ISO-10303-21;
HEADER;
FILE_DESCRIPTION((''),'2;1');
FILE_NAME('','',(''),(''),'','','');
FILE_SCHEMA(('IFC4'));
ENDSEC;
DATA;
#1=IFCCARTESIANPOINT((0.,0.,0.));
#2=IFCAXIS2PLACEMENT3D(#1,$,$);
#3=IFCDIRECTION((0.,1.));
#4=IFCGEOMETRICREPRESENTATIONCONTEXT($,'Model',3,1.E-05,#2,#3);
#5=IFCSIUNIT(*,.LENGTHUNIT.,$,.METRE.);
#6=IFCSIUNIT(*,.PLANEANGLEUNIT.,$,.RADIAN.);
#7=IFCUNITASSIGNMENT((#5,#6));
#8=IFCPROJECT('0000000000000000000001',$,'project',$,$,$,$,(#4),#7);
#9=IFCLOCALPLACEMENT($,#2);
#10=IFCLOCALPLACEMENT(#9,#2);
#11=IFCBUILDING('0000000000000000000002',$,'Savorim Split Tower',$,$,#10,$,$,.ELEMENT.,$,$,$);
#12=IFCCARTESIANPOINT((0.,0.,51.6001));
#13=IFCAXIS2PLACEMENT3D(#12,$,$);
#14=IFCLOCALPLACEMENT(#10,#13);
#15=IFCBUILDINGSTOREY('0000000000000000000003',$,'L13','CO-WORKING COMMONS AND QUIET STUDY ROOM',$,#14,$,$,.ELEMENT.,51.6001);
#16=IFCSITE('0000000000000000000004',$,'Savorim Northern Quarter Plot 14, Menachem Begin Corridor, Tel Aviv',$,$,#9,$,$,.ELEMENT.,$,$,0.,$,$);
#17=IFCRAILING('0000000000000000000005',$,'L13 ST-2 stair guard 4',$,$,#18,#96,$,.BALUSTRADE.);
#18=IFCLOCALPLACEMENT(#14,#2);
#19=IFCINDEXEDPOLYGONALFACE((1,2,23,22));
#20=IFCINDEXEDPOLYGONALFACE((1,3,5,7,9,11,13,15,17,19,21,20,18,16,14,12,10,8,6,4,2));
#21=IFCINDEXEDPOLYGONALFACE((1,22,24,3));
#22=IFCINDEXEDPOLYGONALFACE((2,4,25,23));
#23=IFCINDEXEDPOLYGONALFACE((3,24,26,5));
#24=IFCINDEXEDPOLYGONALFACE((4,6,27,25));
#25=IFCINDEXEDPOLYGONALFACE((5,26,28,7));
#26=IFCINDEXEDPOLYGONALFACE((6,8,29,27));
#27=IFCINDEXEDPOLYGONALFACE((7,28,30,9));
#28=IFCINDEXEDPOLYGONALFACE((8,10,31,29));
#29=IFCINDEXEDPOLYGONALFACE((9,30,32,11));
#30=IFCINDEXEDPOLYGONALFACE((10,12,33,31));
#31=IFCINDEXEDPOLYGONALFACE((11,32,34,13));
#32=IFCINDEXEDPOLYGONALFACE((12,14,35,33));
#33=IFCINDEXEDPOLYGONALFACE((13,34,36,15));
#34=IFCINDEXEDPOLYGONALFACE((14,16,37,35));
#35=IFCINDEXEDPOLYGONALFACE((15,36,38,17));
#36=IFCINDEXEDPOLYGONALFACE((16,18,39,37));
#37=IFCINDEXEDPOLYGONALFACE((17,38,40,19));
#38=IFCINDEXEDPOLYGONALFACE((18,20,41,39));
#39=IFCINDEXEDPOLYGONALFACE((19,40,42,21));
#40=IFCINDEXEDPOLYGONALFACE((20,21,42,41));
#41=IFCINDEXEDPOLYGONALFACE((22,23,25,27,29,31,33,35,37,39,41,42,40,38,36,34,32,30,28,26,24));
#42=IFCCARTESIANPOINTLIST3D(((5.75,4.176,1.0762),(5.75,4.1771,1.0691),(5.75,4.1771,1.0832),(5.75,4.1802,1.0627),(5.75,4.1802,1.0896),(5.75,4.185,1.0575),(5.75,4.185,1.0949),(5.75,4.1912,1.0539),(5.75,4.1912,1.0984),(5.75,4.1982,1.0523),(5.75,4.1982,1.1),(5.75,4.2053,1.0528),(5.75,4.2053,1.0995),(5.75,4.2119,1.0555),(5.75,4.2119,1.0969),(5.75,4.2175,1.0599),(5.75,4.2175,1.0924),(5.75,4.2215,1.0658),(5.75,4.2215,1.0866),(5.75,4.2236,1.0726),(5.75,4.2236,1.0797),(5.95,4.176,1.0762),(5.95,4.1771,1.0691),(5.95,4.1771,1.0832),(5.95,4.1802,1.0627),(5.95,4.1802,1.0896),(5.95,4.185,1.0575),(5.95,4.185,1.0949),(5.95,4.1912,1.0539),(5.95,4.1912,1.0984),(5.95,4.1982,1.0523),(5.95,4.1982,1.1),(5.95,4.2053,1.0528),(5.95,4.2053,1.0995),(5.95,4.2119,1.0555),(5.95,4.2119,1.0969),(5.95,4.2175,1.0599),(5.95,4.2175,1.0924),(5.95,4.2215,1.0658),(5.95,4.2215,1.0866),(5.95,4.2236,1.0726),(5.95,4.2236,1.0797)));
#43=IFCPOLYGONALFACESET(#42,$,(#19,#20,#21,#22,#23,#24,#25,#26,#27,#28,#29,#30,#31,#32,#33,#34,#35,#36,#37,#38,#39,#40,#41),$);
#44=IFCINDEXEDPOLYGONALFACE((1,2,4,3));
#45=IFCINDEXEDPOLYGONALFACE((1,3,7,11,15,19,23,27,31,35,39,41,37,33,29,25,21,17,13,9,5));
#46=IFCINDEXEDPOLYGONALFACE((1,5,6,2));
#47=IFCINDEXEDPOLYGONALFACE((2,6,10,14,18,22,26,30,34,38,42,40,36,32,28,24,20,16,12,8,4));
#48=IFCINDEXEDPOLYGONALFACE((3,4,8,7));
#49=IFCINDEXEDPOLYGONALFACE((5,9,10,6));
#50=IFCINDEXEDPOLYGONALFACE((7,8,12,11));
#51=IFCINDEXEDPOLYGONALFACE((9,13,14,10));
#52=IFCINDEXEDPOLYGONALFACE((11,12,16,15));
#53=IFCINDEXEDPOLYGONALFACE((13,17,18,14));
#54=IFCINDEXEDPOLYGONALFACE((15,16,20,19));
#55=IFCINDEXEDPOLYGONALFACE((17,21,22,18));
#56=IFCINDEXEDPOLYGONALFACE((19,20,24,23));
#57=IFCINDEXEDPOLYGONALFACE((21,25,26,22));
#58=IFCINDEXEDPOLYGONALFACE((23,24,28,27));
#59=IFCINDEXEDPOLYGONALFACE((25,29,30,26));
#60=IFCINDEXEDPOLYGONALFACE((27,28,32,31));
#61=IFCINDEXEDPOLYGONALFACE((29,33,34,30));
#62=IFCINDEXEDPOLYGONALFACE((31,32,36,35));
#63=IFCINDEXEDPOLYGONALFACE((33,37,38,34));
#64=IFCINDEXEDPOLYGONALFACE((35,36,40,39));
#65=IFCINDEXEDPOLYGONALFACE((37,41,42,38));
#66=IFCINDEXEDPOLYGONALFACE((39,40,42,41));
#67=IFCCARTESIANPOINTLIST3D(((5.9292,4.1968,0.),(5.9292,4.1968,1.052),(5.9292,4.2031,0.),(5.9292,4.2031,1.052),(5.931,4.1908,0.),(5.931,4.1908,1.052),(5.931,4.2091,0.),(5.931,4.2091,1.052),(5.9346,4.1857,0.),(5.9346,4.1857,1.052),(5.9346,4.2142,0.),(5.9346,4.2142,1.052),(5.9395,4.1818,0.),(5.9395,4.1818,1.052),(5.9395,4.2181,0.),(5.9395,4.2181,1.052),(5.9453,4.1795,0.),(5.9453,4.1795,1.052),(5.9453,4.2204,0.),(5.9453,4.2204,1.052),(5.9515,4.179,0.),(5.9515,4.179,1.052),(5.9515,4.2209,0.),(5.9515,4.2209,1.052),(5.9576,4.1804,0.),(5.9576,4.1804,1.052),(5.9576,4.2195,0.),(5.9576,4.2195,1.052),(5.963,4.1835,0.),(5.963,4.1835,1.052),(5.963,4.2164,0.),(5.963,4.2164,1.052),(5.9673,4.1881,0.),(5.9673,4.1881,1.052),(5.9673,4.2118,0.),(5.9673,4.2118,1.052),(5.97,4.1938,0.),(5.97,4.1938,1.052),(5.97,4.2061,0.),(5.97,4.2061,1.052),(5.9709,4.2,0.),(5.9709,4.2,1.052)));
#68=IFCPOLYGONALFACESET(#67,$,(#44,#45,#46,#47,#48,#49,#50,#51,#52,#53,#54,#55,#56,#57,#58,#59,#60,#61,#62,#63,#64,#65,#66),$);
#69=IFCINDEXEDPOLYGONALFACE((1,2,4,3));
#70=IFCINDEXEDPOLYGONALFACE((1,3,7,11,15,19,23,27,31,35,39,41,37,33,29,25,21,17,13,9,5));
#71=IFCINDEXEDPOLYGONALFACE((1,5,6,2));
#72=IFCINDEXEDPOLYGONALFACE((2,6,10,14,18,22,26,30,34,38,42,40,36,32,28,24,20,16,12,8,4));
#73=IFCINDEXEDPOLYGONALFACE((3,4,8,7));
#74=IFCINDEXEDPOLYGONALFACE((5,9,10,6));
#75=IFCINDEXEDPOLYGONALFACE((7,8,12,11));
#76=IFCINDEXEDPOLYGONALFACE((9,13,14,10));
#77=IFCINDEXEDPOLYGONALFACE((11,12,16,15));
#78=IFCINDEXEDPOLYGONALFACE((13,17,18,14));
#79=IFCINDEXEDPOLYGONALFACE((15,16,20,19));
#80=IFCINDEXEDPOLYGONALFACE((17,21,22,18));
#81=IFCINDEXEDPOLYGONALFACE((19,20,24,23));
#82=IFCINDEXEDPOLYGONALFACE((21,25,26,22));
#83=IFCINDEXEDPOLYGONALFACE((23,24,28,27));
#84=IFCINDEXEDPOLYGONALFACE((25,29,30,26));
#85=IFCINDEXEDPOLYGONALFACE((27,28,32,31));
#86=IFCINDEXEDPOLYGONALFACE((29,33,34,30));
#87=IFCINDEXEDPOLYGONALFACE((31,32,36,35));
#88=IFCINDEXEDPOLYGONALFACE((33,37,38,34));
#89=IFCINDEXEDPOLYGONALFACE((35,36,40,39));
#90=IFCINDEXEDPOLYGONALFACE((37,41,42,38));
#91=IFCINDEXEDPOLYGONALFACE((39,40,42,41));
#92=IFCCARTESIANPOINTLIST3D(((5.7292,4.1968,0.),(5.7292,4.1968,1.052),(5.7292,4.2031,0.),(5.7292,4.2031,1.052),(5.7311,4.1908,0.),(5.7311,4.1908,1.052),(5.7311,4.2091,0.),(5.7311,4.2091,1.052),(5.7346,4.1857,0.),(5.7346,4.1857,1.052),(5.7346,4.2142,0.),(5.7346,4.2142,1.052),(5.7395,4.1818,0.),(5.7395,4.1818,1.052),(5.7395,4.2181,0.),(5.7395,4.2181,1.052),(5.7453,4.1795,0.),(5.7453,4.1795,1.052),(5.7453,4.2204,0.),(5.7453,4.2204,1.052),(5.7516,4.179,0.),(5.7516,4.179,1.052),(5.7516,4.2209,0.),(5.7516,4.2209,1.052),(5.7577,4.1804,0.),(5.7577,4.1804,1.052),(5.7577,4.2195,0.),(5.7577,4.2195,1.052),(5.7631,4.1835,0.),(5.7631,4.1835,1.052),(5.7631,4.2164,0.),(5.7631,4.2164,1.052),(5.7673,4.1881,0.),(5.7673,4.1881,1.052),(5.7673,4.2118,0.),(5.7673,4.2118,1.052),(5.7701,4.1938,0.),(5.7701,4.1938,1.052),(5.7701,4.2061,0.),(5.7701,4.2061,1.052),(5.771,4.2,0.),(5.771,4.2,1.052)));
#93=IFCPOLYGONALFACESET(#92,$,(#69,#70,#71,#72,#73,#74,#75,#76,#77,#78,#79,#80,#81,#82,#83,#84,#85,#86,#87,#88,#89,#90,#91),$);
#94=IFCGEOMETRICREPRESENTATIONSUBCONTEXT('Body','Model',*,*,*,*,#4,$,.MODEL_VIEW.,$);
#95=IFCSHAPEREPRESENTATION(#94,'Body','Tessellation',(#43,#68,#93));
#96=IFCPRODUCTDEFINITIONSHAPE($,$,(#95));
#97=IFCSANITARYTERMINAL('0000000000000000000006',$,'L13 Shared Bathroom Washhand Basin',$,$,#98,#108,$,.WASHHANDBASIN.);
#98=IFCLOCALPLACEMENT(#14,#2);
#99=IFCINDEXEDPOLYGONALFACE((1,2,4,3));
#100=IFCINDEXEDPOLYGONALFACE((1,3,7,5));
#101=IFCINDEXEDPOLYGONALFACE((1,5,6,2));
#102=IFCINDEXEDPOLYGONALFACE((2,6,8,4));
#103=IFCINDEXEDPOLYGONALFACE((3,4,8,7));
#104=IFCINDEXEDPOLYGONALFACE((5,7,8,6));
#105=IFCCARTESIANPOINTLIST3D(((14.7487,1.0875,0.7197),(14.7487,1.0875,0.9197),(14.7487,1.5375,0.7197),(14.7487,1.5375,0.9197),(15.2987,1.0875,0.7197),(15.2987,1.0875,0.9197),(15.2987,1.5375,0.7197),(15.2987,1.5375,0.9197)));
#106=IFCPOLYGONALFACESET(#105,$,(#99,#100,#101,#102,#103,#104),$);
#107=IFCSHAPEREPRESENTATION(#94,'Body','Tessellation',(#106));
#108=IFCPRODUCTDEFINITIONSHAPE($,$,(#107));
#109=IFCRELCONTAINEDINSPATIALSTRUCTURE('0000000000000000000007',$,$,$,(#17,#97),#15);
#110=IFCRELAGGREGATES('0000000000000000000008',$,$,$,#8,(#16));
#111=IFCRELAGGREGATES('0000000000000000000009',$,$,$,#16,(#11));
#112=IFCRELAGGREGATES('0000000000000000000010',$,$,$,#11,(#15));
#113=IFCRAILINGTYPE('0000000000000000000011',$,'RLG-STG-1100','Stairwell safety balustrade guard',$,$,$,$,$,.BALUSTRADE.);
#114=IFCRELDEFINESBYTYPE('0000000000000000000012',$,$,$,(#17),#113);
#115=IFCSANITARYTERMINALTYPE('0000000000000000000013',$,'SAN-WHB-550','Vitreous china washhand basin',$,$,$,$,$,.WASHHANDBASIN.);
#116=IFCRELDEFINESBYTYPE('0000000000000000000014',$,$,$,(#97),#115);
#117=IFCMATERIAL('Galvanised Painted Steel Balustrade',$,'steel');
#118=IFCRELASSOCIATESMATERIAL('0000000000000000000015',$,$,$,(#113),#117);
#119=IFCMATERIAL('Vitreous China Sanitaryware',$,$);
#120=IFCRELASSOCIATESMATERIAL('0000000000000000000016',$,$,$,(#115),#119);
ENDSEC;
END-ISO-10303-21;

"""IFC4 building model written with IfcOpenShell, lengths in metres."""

from ifc_helpers import new_model, si_unit, direction, frame, origin, origin_2d, place, context, subcontext, project, spatial, rectangle, circle, extrude, material, type_object, element, save


model = new_model("IFC4")

# Units and contexts
model_context = context("Model", 3, precision=1e-05, world=origin(), true_north=direction((0.0, 1.0)))
body_context = subcontext(model_context, "Body", "Model", "MODEL_VIEW")
ifc_project = project(units=[si_unit("LENGTHUNIT", "METRE"), si_unit("PLANEANGLEUNIT", "RADIAN")], contexts=[model_context])

# Site, building, storey
site_placement = place(None, origin())
site = spatial("IfcSite", under=ifc_project, at=site_placement, Name="Savorim Northern Quarter Plot 14, Menachem Begin Corridor, Tel Aviv", CompositionType="ELEMENT", RefElevation=0.0)
building_placement = place(site_placement, origin())
building = spatial("IfcBuilding", under=site, at=building_placement, Name="Savorim Split Tower", CompositionType="ELEMENT")
storey_placement = place(building_placement, frame((0.0, 0.0, 51.6001)))
storey = spatial("IfcBuildingStorey", under=building, at=storey_placement, Name="L13", Description="CO-WORKING COMMONS AND QUIET STUDY ROOM", CompositionType="ELEMENT", Elevation=51.6001)

# Railing
ifc_material_1 = material(Name="Galvanised Painted Steel Balustrade", Category="steel")
railing_type_1 = type_object("IfcRailingType", Name="RLG-STG-1100", Description="Stairwell safety balustrade guard", PredefinedType="BALUSTRADE", material=ifc_material_1)
railing_1_placement = place(storey_placement, frame((5.95, 4.2, 0.0)))
element("IfcRailing", 1, at=railing_1_placement, inside=storey, type_object=railing_type_1, Name="L13 ST-2 stair guard 4", PredefinedType="BALUSTRADE", context=body_context, shape_type="SweptSolid", body=[
    extrude(circle(Radius=0.0239, at=origin_2d()), frame((0.0, 0.0, 1.0762), z_axis=(-1.0, 0.0, 0.0), x_axis=(0.0, -1.0, 0.0)), (0.0, 0.0, 1.0), 0.2),
    extrude(circle(Radius=0.021, at=origin_2d()), origin(), (0.0, 0.0, 1.0), 1.052),
    extrude(circle(Radius=0.021, at=origin_2d()), frame((-0.2, 0.0, 0.0)), (0.0, 0.0, 1.0), 1.052),
])

# Sanitary terminal
ifc_material_2 = material(Name="Vitreous China Sanitaryware")
sanitary_terminal_type = type_object("IfcSanitaryTerminalType", Name="SAN-WHB-550", Description="Vitreous china washhand basin", PredefinedType="WASHHANDBASIN", material=ifc_material_2)
sanitary_terminal_placement = place(storey_placement, frame((15.0237, 1.3125, 0.7197), z_axis=(0.0, 0.0, 1.0), x_axis=(1.0, 0.0, 0.0)))
element("IfcSanitaryTerminal", 2, at=sanitary_terminal_placement, inside=storey, type_object=sanitary_terminal_type, Name="L13 Shared Bathroom Washhand Basin", PredefinedType="WASHHANDBASIN", context=body_context, shape_type="SweptSolid", body=[
    extrude(rectangle(XDim=0.55, YDim=0.45, at=origin_2d()), origin(), (0.0, 0.0, 1.0), 0.2),
])

save(model, "model.ifc")
